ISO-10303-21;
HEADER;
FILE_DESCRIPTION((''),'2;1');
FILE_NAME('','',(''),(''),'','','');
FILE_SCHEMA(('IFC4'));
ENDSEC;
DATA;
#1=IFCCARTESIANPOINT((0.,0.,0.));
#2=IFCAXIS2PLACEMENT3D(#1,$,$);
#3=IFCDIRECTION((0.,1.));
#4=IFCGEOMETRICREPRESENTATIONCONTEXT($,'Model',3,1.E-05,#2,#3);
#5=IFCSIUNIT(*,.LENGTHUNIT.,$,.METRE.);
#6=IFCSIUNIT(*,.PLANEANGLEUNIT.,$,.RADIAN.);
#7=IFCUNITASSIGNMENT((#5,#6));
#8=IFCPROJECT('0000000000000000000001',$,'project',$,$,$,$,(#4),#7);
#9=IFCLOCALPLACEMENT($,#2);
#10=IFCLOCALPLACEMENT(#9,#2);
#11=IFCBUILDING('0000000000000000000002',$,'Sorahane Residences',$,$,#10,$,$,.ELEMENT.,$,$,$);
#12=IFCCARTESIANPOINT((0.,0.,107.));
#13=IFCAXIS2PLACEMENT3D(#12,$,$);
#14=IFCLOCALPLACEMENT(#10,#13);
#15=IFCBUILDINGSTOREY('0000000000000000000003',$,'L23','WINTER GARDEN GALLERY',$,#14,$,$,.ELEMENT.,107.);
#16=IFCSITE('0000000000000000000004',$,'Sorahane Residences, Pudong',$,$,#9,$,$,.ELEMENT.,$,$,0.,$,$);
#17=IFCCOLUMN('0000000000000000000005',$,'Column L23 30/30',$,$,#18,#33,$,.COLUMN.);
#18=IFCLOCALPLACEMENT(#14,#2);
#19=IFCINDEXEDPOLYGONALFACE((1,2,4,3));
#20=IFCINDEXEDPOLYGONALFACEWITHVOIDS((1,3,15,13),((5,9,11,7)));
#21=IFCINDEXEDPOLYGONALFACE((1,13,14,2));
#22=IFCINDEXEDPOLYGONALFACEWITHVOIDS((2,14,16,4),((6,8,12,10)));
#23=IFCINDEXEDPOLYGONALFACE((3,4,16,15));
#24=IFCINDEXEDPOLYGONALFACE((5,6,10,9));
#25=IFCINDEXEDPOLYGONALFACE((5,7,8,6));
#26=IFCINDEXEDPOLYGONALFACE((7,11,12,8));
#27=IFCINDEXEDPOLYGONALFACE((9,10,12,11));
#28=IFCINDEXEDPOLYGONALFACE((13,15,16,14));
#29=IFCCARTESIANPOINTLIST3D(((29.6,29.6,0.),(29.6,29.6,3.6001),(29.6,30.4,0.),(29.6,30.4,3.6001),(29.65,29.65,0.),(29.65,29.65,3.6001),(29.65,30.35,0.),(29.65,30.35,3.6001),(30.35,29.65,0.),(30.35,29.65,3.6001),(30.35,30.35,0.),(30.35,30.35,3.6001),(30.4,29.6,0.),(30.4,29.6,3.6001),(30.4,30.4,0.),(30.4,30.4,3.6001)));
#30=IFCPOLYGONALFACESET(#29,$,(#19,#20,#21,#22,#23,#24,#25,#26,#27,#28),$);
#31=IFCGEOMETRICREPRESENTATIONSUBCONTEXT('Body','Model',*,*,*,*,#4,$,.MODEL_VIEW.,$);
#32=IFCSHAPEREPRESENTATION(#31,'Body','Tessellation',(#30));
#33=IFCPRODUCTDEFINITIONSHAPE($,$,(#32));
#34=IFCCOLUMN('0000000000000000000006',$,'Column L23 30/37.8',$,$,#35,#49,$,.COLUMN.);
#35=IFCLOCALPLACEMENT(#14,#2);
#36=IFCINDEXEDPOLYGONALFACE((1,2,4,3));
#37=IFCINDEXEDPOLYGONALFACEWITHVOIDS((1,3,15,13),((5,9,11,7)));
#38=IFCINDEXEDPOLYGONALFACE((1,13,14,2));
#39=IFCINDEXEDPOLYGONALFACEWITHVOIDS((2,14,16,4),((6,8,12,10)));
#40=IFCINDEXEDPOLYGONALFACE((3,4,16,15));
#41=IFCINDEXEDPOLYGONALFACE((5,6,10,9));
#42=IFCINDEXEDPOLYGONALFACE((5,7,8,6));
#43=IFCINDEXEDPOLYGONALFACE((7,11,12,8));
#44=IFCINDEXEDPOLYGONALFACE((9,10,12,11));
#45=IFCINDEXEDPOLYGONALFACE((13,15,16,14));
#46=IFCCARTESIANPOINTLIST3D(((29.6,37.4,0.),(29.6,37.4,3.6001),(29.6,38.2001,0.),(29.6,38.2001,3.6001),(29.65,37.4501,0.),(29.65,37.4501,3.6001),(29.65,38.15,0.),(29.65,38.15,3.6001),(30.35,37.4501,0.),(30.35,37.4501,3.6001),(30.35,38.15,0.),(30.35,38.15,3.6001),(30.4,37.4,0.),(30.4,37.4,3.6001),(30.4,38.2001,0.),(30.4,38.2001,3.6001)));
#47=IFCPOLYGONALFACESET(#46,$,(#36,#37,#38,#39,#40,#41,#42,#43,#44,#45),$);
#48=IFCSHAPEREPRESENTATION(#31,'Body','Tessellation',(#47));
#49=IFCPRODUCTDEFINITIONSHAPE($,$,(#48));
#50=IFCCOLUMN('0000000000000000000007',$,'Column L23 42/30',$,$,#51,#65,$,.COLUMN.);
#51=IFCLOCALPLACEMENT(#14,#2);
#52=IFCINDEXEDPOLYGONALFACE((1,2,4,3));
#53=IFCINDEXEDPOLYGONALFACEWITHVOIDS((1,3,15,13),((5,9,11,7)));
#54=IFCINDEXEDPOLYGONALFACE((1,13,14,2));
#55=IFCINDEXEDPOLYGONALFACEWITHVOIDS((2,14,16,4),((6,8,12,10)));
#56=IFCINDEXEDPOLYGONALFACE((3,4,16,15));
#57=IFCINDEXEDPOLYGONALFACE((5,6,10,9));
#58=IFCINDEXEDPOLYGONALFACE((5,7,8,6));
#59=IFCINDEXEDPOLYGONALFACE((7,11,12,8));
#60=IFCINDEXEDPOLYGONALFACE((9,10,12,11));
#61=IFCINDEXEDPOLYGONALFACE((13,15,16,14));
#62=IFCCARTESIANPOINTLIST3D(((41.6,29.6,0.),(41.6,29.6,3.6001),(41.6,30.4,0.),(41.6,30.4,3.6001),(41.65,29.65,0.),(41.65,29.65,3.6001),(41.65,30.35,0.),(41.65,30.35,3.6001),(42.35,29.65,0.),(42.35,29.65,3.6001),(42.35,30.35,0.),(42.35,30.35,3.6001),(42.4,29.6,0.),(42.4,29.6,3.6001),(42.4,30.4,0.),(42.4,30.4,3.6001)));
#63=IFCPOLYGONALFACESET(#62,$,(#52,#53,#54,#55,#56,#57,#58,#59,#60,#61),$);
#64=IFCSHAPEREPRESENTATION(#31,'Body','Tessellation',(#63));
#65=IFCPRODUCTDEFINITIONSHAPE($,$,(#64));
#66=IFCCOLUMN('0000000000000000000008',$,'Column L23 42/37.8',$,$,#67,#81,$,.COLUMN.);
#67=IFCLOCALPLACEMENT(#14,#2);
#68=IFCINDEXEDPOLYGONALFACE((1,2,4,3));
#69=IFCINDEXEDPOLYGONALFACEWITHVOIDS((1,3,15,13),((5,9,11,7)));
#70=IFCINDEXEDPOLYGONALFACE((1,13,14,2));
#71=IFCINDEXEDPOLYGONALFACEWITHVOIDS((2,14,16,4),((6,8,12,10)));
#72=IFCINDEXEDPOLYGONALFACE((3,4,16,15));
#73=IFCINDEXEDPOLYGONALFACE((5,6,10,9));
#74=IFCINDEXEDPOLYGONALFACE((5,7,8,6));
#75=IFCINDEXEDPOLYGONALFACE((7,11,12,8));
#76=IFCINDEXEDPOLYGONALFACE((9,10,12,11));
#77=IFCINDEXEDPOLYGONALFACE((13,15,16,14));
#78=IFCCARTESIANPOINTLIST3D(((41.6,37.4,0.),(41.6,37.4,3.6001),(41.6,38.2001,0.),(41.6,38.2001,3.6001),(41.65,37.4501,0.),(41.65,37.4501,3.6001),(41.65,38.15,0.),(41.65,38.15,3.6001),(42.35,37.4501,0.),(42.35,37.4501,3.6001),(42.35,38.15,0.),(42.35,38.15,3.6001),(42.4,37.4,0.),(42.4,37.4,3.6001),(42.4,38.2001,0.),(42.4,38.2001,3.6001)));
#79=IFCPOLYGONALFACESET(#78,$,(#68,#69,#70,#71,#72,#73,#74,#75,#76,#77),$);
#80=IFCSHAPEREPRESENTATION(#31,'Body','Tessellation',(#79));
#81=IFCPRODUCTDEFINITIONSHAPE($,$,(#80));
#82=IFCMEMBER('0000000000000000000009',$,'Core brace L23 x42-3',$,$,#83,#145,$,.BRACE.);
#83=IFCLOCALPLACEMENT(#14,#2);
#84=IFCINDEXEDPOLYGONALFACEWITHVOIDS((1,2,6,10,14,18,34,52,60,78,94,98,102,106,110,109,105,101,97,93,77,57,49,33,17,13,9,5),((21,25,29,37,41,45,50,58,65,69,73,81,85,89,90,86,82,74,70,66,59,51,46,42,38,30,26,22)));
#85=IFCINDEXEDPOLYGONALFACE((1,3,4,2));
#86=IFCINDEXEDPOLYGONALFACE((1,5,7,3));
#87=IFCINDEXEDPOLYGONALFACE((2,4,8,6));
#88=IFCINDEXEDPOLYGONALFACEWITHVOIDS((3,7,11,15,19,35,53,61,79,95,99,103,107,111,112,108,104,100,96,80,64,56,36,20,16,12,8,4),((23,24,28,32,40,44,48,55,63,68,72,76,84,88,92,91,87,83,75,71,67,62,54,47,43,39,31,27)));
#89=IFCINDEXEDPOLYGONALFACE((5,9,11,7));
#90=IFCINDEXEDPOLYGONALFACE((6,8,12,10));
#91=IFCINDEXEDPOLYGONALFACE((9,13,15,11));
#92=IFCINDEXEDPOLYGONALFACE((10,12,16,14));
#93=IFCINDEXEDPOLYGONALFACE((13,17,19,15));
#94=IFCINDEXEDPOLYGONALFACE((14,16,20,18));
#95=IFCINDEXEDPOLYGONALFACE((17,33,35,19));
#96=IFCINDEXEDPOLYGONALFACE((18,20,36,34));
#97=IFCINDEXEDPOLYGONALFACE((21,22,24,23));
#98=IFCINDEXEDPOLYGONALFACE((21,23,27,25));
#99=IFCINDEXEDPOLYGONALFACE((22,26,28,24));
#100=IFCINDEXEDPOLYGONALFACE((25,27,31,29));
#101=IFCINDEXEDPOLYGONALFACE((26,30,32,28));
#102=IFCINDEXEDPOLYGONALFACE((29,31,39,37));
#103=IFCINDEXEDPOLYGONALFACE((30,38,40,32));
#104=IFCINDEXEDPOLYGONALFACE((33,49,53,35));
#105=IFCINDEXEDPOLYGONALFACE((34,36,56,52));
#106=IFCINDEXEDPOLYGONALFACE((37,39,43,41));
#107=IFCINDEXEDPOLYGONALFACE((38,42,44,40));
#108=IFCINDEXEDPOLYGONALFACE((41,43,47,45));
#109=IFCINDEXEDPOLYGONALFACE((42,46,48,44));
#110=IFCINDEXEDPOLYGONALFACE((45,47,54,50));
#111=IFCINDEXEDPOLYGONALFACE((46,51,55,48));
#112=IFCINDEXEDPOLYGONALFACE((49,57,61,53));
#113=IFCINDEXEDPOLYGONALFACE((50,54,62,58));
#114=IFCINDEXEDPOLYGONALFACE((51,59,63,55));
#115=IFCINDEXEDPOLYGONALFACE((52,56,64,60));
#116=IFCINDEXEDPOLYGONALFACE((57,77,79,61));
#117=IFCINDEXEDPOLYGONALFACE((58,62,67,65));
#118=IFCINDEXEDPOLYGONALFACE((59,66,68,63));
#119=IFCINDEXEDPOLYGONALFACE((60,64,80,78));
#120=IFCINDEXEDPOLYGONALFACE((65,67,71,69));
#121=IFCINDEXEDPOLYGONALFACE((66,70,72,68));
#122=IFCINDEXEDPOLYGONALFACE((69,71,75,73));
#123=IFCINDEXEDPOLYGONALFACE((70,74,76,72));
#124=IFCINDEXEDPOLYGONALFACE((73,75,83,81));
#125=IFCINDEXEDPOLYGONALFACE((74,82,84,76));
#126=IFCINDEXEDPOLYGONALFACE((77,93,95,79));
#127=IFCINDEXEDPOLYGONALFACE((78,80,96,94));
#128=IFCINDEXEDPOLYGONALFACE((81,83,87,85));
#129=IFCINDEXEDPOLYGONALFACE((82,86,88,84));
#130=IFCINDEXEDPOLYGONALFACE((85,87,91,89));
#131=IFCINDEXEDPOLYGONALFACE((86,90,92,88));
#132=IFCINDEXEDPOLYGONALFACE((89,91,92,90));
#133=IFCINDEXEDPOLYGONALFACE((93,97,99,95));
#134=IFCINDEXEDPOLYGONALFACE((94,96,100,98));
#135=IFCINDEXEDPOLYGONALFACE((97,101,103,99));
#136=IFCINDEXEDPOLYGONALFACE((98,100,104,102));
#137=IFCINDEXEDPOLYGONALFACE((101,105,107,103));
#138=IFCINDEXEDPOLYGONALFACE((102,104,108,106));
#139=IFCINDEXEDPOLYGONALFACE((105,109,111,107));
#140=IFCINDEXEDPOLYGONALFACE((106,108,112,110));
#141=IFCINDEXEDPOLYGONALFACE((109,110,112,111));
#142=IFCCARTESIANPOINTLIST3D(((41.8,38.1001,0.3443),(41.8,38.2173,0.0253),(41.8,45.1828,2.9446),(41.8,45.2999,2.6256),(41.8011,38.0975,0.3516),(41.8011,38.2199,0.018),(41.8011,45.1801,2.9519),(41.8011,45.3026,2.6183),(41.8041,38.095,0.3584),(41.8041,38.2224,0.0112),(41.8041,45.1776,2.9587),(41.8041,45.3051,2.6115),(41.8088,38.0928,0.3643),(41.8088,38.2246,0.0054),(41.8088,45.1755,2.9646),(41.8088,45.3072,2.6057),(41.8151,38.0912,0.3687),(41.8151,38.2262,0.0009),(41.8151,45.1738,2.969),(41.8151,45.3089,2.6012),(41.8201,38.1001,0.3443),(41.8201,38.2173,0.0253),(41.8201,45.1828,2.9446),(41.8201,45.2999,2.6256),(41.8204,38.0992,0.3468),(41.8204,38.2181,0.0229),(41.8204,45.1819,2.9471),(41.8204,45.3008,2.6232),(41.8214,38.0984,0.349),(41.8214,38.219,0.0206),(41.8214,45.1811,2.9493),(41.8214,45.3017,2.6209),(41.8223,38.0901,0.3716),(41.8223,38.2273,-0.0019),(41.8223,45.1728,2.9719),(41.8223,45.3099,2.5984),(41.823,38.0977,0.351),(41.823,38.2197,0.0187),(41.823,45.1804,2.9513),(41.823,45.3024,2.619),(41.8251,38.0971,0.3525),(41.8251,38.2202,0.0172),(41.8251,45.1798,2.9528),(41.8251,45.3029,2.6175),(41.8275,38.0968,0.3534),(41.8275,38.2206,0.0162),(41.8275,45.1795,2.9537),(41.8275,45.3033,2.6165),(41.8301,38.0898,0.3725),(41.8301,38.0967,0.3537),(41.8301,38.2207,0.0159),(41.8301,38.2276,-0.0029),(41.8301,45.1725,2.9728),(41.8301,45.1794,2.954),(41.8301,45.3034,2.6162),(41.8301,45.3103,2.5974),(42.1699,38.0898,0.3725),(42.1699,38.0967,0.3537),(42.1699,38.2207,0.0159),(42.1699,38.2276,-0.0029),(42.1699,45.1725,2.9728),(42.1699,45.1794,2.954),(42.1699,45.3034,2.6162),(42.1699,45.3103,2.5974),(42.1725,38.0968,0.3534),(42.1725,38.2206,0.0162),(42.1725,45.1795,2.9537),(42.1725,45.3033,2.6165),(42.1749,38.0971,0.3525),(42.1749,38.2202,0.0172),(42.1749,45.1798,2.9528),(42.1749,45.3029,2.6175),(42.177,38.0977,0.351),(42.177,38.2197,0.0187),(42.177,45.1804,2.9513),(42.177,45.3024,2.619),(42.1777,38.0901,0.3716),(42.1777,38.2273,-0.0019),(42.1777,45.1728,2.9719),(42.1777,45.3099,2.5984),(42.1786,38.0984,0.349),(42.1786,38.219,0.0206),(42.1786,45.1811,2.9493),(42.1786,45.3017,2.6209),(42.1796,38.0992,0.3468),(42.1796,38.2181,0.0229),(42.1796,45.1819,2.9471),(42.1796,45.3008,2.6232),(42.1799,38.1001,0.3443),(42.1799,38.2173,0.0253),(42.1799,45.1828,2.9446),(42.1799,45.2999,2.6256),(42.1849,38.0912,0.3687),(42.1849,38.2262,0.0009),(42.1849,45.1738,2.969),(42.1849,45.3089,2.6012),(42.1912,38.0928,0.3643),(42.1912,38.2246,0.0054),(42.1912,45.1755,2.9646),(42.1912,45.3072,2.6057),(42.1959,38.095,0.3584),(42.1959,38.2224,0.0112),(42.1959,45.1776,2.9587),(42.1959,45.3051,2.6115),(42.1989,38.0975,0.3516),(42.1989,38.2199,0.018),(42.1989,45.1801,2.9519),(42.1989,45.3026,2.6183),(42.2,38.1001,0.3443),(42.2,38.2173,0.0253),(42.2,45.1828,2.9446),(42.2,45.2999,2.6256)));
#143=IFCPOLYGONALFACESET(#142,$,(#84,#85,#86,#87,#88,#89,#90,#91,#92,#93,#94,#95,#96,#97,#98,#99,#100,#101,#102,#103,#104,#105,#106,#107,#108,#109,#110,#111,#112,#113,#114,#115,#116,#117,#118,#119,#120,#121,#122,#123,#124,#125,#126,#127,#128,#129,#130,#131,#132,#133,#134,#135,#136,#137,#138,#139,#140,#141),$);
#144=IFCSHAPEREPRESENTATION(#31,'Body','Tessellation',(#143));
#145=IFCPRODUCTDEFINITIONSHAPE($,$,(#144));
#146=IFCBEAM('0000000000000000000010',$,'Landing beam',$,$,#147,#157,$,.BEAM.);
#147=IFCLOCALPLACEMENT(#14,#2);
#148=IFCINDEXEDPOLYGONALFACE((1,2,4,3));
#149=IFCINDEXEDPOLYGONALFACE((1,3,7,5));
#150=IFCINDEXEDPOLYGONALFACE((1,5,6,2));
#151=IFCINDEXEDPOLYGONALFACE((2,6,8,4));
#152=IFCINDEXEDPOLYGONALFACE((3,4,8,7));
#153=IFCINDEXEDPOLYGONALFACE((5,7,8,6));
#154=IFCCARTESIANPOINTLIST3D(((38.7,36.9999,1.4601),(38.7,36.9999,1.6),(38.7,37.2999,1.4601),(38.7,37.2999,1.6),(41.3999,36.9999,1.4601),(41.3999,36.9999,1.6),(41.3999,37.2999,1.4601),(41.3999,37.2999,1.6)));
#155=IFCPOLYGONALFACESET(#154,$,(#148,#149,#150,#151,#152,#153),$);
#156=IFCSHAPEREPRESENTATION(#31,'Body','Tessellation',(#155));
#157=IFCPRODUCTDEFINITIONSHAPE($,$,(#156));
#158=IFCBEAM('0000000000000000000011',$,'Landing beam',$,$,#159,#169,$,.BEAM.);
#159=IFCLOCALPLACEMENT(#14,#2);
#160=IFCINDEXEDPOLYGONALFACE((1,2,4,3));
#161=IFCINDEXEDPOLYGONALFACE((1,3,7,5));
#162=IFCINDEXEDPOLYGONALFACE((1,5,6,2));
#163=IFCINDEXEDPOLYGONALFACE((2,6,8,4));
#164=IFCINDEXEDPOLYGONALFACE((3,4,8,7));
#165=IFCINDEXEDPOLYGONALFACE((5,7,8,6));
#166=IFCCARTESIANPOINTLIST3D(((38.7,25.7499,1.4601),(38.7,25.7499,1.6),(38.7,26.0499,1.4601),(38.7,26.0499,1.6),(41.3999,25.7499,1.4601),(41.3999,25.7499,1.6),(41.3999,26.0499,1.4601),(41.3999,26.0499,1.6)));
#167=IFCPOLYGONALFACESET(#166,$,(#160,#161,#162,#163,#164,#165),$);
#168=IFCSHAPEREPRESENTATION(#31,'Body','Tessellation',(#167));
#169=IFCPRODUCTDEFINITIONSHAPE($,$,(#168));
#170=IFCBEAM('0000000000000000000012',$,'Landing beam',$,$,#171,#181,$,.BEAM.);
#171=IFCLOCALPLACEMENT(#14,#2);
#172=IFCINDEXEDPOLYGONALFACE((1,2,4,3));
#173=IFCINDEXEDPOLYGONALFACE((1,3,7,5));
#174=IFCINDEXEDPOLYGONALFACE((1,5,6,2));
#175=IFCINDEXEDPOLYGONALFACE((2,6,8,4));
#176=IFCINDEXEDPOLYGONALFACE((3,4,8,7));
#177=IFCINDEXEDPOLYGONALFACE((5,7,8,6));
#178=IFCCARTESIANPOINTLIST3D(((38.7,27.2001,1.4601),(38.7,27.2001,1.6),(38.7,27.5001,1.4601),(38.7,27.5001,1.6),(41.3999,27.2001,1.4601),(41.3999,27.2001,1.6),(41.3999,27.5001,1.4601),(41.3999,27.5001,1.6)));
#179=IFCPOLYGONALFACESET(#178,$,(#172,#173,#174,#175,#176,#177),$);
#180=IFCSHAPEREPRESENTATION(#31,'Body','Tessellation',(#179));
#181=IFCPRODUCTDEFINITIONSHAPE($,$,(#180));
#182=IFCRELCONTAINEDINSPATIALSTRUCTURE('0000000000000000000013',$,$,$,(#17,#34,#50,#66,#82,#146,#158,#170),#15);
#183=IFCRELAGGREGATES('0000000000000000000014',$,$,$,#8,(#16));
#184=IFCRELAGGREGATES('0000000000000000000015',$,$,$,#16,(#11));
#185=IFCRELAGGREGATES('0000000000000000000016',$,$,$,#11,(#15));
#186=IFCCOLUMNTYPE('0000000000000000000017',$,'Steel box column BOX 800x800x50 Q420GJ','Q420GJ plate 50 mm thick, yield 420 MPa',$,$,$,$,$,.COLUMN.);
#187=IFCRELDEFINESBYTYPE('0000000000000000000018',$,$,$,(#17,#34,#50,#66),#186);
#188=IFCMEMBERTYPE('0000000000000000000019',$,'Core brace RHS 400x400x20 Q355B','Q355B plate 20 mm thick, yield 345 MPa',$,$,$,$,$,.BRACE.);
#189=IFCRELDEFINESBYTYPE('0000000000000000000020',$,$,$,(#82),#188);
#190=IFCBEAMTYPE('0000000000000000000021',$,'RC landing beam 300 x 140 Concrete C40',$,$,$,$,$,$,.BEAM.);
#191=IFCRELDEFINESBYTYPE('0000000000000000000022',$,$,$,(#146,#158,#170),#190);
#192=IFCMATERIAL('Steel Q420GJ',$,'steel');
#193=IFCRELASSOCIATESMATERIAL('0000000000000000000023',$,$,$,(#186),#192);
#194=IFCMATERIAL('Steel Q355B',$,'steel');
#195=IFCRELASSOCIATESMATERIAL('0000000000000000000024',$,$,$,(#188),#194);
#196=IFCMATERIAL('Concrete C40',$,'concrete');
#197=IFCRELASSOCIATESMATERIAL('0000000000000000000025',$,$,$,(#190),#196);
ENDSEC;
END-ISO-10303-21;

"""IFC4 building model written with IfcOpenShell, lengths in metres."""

from ifc_helpers import new_model, si_unit, direction, frame, origin, origin_2d, place, context, subcontext, project, spatial, rectangle, hollow_rectangle, extrude, material, material_profile, profile_set, type_object, element, save


model = new_model("IFC4")

# Units and contexts
model_context = context("Model", 3, precision=1e-05, world=origin(), true_north=direction((0.0, 1.0)))
body_context = subcontext(model_context, "Body", "Model", "MODEL_VIEW")
ifc_project = project(units=[si_unit("LENGTHUNIT", "METRE"), si_unit("PLANEANGLEUNIT", "RADIAN")], contexts=[model_context])

# Site, building, storey
site_placement = place(None, origin())
site = spatial("IfcSite", under=ifc_project, at=site_placement, Name="Sorahane Residences, Pudong", CompositionType="ELEMENT", RefElevation=0.0)
building_placement = place(site_placement, origin())
building = spatial("IfcBuilding", under=site, at=building_placement, Name="Sorahane Residences", CompositionType="ELEMENT")
storey_placement = place(building_placement, frame((0.0, 0.0, 107.0)))
storey = spatial("IfcBuildingStorey", under=building, at=storey_placement, Name="L23", Description="WINTER GARDEN GALLERY", CompositionType="ELEMENT", Elevation=107.0)

# Columns
ifc_material_1 = material(Name="Steel Q420GJ", Category="steel")
ifc_material_profile_1 = material_profile(ifc_material_1, hollow_rectangle(XDim=0.8, YDim=0.8, WallThickness=0.05, at=origin_2d()), Name="BOX 800x800x50")
ifc_profile_set_1 = profile_set([ifc_material_profile_1], Name="Steel Q420GJ")
column_type = type_object("IfcColumnType", Name="Steel box column BOX 800x800x50 Q420GJ", Description="Q420GJ plate 50 mm thick, yield 420 MPa", PredefinedType="COLUMN", material=ifc_profile_set_1)
for number, where, z_axis, x_axis, name in (
    (1, (30.0, 30.0, 0.0), (0.0, 0.0, 1.0), (1.0, 0.0, 0.0), "Column L23 30/30"),
    (2, (30.0, 37.8, 0.0), (0.0, 0.0, 1.0), (1.0, 0.0, 0.0), "Column L23 30/37.8"),
    (3, (42.0, 30.0, 0.0), (0.0, 0.0, 1.0), (1.0, 0.0, 0.0), "Column L23 42/30"),
    (4, (42.0, 37.8, 0.0), (0.0, 0.0, 1.0), (1.0, 0.0, 0.0), "Column L23 42/37.8"),
):
    element("IfcColumn", number, at=place(storey_placement, frame(where, z_axis=z_axis, x_axis=x_axis)), inside=storey, type_object=column_type, Name=name, PredefinedType="COLUMN", context=body_context, shape_type="SweptSolid", body=[
        extrude(hollow_rectangle(XDim=0.8, YDim=0.8, WallThickness=0.05, at=origin_2d()), origin(), (0.0, 0.0, 1.0), 3.6001),
    ])

# Member
ifc_material_2 = material(Name="Steel Q355B", Category="steel")
ifc_material_profile_2 = material_profile(ifc_material_2, hollow_rectangle(XDim=0.3999, YDim=0.3999, WallThickness=0.02, InnerFilletRadius=0.01, OuterFilletRadius=0.03, at=origin_2d()), Name="RHS 400x400x20")
ifc_profile_set_2 = profile_set([ifc_material_profile_2], Name="Steel Q355B")
member_type = type_object("IfcMemberType", Name="Core brace RHS 400x400x20 Q355B", Description="Q355B plate 20 mm thick, yield 345 MPa", PredefinedType="BRACE", material=ifc_profile_set_2)
member_placement = place(storey_placement, frame((42.0, 38.1587, 0.1848), z_axis=(0.0, 0.938734, 0.344643), x_axis=(-1.0, 0.0, 0.0)))
element("IfcMember", 5, at=member_placement, inside=storey, type_object=member_type, Name="Core brace L23 x42-3", PredefinedType="BRACE", context=body_context, shape_type="SweptSolid", body=[
    extrude(hollow_rectangle(XDim=0.3999, YDim=0.3999, WallThickness=0.02, InnerFilletRadius=0.01, OuterFilletRadius=0.03, at=origin_2d()), origin(), (0.0, 0.0, 1.0), 7.5449),
])

# Beams
ifc_material_3 = material(Name="Concrete C40", Category="concrete")
ifc_material_profile_3 = material_profile(ifc_material_3, rectangle(XDim=0.3, YDim=0.1399, at=origin_2d()), Name="300x140")
ifc_profile_set_3 = profile_set([ifc_material_profile_3], Name="Concrete C40")
beam_type_1 = type_object("IfcBeamType", Name="RC landing beam 300 x 140 Concrete C40", PredefinedType="BEAM", material=ifc_profile_set_3)
for number, where, z_axis, x_axis, name in (
    (6, (38.7, 37.1499, 1.53), (1.0, 0.0, 0.0), (0.0, 1.0, 0.0), "Landing beam"),
    (7, (38.7, 25.8999, 1.53), (1.0, 0.0, 0.0), (0.0, 1.0, 0.0), "Landing beam"),
    (8, (38.7, 27.3501, 1.53), (1.0, 0.0, 0.0), (0.0, 1.0, 0.0), "Landing beam"),
):
    element("IfcBeam", number, at=place(storey_placement, frame(where, z_axis=z_axis, x_axis=x_axis)), inside=storey, type_object=beam_type_1, Name=name, PredefinedType="BEAM", context=body_context, shape_type="SweptSolid", body=[
        extrude(rectangle(XDim=0.3, YDim=0.1399, at=origin_2d()), origin(), (0.0, 0.0, 1.0), 2.7),
    ])

save(model, "model.ifc")
